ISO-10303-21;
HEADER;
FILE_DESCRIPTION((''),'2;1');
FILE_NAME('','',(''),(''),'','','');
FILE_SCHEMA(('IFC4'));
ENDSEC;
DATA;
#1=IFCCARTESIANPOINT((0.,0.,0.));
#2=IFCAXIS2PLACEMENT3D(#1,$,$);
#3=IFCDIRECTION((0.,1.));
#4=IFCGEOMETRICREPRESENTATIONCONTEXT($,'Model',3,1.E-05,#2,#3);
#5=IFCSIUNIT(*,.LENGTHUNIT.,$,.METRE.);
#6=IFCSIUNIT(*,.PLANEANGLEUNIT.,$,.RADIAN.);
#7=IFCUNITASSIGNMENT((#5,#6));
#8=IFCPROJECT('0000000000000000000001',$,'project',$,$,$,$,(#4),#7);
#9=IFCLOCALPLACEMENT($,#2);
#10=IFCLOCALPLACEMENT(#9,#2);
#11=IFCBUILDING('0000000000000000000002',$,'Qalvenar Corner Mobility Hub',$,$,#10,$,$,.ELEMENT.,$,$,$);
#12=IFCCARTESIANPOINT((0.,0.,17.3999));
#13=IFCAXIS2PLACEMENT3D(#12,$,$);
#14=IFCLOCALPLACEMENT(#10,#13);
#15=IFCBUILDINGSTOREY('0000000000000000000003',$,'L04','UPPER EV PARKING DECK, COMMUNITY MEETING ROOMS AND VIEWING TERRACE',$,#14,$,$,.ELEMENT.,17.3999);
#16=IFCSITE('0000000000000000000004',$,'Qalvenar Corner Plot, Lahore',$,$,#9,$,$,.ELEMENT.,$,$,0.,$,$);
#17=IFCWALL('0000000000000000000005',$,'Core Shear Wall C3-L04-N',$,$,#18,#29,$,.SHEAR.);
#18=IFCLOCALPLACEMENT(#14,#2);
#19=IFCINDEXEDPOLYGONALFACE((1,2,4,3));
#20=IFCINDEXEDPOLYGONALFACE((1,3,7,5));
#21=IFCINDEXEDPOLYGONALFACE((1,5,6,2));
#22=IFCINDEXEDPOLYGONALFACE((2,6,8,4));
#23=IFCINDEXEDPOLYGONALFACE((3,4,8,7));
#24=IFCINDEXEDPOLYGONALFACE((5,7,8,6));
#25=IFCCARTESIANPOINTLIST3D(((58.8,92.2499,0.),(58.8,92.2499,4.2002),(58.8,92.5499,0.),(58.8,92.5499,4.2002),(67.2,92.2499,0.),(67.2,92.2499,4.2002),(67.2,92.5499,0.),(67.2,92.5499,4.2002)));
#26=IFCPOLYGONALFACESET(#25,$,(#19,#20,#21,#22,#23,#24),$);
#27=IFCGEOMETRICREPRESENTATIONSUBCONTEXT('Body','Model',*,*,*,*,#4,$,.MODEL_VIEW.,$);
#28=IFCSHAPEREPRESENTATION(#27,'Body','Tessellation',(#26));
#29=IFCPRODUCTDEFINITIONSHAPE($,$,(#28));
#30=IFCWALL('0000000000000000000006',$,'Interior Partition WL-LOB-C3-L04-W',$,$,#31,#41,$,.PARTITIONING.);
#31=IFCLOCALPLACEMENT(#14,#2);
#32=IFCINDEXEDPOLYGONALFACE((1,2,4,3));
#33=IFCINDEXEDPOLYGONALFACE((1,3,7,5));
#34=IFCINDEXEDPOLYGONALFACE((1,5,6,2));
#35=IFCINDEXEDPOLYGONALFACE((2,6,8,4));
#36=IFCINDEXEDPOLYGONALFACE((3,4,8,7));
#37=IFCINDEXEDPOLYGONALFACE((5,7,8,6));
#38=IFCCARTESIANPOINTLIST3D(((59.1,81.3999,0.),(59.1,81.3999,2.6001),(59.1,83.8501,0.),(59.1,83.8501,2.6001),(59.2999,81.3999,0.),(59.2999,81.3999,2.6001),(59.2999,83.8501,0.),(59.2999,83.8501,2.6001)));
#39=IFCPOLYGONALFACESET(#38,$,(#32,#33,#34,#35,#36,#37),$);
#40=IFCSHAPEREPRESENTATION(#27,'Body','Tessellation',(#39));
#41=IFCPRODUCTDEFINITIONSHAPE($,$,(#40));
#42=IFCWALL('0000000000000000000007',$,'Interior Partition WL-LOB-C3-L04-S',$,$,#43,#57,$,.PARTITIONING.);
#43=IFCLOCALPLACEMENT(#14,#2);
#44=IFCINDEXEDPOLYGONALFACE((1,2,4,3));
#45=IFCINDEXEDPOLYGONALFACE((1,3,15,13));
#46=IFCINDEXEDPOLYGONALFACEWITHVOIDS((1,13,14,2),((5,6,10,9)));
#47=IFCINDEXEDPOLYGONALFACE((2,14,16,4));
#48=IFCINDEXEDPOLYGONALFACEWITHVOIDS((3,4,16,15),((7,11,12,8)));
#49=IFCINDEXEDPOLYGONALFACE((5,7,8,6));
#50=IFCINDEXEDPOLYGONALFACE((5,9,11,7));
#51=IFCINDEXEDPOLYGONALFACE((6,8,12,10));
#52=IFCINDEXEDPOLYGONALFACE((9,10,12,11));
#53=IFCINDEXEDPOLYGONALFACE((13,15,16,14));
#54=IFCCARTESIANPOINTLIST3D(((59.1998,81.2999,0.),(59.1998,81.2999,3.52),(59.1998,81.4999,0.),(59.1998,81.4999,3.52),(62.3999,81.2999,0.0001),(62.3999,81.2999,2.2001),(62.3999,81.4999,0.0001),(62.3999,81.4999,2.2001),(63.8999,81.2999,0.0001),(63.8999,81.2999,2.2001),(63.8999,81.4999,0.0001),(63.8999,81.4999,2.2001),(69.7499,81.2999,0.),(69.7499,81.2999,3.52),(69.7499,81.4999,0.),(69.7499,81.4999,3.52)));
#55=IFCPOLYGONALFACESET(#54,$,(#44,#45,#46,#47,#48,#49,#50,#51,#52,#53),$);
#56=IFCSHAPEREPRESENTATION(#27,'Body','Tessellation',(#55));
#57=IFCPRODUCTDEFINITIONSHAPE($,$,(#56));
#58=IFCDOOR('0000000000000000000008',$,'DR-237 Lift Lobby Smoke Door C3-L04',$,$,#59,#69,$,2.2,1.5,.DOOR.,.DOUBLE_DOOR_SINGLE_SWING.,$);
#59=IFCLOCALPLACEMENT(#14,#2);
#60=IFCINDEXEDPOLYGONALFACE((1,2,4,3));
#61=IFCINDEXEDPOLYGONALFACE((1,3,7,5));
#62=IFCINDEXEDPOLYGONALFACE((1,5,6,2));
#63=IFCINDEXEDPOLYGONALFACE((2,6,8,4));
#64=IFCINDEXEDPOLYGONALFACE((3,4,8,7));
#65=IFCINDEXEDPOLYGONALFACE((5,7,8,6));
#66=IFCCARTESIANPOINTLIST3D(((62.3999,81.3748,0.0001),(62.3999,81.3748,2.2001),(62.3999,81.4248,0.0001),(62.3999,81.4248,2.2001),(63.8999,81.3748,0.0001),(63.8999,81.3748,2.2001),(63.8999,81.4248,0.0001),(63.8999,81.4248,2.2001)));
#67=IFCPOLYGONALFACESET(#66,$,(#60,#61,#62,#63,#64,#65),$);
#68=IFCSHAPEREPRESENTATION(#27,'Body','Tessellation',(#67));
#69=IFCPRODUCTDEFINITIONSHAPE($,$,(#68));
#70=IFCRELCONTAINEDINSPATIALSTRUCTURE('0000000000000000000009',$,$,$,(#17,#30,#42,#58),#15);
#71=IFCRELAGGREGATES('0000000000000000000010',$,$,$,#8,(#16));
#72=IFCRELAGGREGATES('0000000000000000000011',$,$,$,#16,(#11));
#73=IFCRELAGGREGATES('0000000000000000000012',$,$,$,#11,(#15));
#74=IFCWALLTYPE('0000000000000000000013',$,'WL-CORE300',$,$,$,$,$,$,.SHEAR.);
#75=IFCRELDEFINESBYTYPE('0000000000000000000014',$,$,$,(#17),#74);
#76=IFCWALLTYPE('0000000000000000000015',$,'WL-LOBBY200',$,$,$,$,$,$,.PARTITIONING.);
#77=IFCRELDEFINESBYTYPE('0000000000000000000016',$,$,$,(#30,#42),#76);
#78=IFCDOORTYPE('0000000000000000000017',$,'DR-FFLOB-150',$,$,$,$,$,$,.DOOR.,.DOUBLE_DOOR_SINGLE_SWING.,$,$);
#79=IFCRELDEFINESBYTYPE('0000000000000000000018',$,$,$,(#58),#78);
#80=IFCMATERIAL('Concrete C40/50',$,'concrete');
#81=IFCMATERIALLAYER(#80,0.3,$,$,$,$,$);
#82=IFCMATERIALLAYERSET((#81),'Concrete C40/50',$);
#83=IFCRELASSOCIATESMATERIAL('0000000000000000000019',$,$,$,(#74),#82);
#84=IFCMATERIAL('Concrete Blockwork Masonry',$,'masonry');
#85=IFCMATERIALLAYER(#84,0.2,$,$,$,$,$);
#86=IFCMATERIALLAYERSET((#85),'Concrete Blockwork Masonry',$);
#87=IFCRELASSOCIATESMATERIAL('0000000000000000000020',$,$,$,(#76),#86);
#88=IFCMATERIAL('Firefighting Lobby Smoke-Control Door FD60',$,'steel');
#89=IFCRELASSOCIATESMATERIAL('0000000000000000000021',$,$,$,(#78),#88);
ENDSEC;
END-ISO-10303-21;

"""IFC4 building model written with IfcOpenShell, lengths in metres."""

from ifc_helpers import new_model, si_unit, direction, frame, frame_2d, origin, place, context, subcontext, project, spatial, rectangle, extrude, material, layer, layer_set, type_object, element, fill, save


model = new_model("IFC4")

# Units and contexts
model_context = context("Model", 3, precision=1e-05, world=origin(), true_north=direction((0.0, 1.0)))
body_context = subcontext(model_context, "Body", "Model", "MODEL_VIEW")
ifc_project = project(units=[si_unit("LENGTHUNIT", "METRE"), si_unit("PLANEANGLEUNIT", "RADIAN")], contexts=[model_context])

# Site, building, storey
site_placement = place(None, origin())
site = spatial("IfcSite", under=ifc_project, at=site_placement, Name="Qalvenar Corner Plot, Lahore", CompositionType="ELEMENT", RefElevation=0.0)
building_placement = place(site_placement, origin())
building = spatial("IfcBuilding", under=site, at=building_placement, Name="Qalvenar Corner Mobility Hub", CompositionType="ELEMENT")
storey_placement = place(building_placement, frame((0.0, 0.0, 17.3999)))
storey = spatial("IfcBuildingStorey", under=building, at=storey_placement, Name="L04", Description="UPPER EV PARKING DECK, COMMUNITY MEETING ROOMS AND VIEWING TERRACE", CompositionType="ELEMENT", Elevation=17.3999)

# Shared definitions
ifc_material_1 = material(Name="Concrete C40/50", Category="concrete")

# Shared definitions
ifc_layer_1 = layer(ifc_material_1, 0.3)
ifc_layer_set_1 = layer_set([ifc_layer_1], Name="Concrete C40/50")
wall_type_1 = type_object("IfcWallType", Name="WL-CORE300", PredefinedType="SHEAR", material=ifc_layer_set_1)

# Walls
wall_1_placement = place(storey_placement, frame((67.2, 92.3999, 0.0), z_axis=(0.0, 0.0, 1.0), x_axis=(-1.0, 0.0, 0.0)))
element("IfcWall", 1, at=wall_1_placement, inside=storey, type_object=wall_type_1, Name="Core Shear Wall C3-L04-N", PredefinedType="SHEAR", context=body_context, shape_type="SweptSolid", body=[
    extrude(rectangle(XDim=8.3999, YDim=0.3, at=frame_2d((4.2, 0.0))), origin(), (0.0, 0.0, 1.0), 4.2002),
])
ifc_material_2 = material(Name="Concrete Blockwork Masonry", Category="masonry")
ifc_layer_2 = layer(ifc_material_2, 0.2)
ifc_layer_set_2 = layer_set([ifc_layer_2], Name="Concrete Blockwork Masonry")
wall_type_2 = type_object("IfcWallType", Name="WL-LOBBY200", PredefinedType="PARTITIONING", material=ifc_layer_set_2)
wall_2_placement = place(storey_placement, frame((59.2, 81.3999, 0.0), z_axis=(0.0, 0.0, 1.0), x_axis=(0.0, 1.0, 0.0)))
element("IfcWall", 2, at=wall_2_placement, inside=storey, type_object=wall_type_2, Name="Interior Partition WL-LOB-C3-L04-W", PredefinedType="PARTITIONING", context=body_context, shape_type="SweptSolid", body=[
    extrude(rectangle(XDim=2.4502, YDim=0.2, at=frame_2d((1.2251, 0.0))), origin(), (0.0, 0.0, 1.0), 2.6001),
])

# Wall, opening, door
wall_3_placement = place(storey_placement, frame((59.2, 81.3999, 0.0), z_axis=(0.0, 0.0, 1.0), x_axis=(1.0, 0.0, 0.0)))
wall_3 = element("IfcWall", 3, at=wall_3_placement, inside=storey, type_object=wall_type_2, Name="Interior Partition WL-LOB-C3-L04-S", PredefinedType="PARTITIONING", context=body_context, shape_type="SweptSolid", body=[
    extrude(rectangle(XDim=10.55, YDim=0.2, at=frame_2d((5.2749, 0.0))), origin(), (0.0, 0.0, 1.0), 3.52),
])
opening_1_placement = place(wall_3_placement, frame((3.2, 0.0, 0.0)))
opening_1 = element("IfcOpeningElement", 4, at=opening_1_placement, cuts=wall_3, PredefinedType="OPENING", context=body_context, shape_type="SweptSolid", body=[
    extrude(rectangle(XDim=1.5, YDim=2.2, at=frame_2d((0.75, 1.1001))), frame((0.0, 0.1099, 0.0), z_axis=(0.0, -1.0, 0.0), x_axis=(1.0, 0.0, 0.0)), (0.0, 0.0, 1.0), 0.22),
])
ifc_material_3 = material(Name="Firefighting Lobby Smoke-Control Door FD60", Category="steel")
door_type_1 = type_object("IfcDoorType", Name="DR-FFLOB-150", OperationType="DOUBLE_DOOR_SINGLE_SWING", PredefinedType="DOOR", material=ifc_material_3)
door_1_placement = place(opening_1_placement, origin())
door_1 = element("IfcDoor", 5, at=door_1_placement, inside=storey, type_object=door_type_1, Name="DR-237 Lift Lobby Smoke Door C3-L04", OperationType="DOUBLE_DOOR_SINGLE_SWING", OverallHeight=2.2, OverallWidth=1.5, PredefinedType="DOOR", context=body_context, shape_type="SweptSolid", body=[
    extrude(rectangle(XDim=1.5, YDim=2.2, at=frame_2d((0.75, 1.1001))), frame((0.0, 0.0249, 0.0), z_axis=(0.0, -1.0, 0.0), x_axis=(1.0, 0.0, 0.0)), (0.0, 0.0, 1.0), 0.05),
])
fill(opening_1, door_1)

save(model, "model.ifc")
